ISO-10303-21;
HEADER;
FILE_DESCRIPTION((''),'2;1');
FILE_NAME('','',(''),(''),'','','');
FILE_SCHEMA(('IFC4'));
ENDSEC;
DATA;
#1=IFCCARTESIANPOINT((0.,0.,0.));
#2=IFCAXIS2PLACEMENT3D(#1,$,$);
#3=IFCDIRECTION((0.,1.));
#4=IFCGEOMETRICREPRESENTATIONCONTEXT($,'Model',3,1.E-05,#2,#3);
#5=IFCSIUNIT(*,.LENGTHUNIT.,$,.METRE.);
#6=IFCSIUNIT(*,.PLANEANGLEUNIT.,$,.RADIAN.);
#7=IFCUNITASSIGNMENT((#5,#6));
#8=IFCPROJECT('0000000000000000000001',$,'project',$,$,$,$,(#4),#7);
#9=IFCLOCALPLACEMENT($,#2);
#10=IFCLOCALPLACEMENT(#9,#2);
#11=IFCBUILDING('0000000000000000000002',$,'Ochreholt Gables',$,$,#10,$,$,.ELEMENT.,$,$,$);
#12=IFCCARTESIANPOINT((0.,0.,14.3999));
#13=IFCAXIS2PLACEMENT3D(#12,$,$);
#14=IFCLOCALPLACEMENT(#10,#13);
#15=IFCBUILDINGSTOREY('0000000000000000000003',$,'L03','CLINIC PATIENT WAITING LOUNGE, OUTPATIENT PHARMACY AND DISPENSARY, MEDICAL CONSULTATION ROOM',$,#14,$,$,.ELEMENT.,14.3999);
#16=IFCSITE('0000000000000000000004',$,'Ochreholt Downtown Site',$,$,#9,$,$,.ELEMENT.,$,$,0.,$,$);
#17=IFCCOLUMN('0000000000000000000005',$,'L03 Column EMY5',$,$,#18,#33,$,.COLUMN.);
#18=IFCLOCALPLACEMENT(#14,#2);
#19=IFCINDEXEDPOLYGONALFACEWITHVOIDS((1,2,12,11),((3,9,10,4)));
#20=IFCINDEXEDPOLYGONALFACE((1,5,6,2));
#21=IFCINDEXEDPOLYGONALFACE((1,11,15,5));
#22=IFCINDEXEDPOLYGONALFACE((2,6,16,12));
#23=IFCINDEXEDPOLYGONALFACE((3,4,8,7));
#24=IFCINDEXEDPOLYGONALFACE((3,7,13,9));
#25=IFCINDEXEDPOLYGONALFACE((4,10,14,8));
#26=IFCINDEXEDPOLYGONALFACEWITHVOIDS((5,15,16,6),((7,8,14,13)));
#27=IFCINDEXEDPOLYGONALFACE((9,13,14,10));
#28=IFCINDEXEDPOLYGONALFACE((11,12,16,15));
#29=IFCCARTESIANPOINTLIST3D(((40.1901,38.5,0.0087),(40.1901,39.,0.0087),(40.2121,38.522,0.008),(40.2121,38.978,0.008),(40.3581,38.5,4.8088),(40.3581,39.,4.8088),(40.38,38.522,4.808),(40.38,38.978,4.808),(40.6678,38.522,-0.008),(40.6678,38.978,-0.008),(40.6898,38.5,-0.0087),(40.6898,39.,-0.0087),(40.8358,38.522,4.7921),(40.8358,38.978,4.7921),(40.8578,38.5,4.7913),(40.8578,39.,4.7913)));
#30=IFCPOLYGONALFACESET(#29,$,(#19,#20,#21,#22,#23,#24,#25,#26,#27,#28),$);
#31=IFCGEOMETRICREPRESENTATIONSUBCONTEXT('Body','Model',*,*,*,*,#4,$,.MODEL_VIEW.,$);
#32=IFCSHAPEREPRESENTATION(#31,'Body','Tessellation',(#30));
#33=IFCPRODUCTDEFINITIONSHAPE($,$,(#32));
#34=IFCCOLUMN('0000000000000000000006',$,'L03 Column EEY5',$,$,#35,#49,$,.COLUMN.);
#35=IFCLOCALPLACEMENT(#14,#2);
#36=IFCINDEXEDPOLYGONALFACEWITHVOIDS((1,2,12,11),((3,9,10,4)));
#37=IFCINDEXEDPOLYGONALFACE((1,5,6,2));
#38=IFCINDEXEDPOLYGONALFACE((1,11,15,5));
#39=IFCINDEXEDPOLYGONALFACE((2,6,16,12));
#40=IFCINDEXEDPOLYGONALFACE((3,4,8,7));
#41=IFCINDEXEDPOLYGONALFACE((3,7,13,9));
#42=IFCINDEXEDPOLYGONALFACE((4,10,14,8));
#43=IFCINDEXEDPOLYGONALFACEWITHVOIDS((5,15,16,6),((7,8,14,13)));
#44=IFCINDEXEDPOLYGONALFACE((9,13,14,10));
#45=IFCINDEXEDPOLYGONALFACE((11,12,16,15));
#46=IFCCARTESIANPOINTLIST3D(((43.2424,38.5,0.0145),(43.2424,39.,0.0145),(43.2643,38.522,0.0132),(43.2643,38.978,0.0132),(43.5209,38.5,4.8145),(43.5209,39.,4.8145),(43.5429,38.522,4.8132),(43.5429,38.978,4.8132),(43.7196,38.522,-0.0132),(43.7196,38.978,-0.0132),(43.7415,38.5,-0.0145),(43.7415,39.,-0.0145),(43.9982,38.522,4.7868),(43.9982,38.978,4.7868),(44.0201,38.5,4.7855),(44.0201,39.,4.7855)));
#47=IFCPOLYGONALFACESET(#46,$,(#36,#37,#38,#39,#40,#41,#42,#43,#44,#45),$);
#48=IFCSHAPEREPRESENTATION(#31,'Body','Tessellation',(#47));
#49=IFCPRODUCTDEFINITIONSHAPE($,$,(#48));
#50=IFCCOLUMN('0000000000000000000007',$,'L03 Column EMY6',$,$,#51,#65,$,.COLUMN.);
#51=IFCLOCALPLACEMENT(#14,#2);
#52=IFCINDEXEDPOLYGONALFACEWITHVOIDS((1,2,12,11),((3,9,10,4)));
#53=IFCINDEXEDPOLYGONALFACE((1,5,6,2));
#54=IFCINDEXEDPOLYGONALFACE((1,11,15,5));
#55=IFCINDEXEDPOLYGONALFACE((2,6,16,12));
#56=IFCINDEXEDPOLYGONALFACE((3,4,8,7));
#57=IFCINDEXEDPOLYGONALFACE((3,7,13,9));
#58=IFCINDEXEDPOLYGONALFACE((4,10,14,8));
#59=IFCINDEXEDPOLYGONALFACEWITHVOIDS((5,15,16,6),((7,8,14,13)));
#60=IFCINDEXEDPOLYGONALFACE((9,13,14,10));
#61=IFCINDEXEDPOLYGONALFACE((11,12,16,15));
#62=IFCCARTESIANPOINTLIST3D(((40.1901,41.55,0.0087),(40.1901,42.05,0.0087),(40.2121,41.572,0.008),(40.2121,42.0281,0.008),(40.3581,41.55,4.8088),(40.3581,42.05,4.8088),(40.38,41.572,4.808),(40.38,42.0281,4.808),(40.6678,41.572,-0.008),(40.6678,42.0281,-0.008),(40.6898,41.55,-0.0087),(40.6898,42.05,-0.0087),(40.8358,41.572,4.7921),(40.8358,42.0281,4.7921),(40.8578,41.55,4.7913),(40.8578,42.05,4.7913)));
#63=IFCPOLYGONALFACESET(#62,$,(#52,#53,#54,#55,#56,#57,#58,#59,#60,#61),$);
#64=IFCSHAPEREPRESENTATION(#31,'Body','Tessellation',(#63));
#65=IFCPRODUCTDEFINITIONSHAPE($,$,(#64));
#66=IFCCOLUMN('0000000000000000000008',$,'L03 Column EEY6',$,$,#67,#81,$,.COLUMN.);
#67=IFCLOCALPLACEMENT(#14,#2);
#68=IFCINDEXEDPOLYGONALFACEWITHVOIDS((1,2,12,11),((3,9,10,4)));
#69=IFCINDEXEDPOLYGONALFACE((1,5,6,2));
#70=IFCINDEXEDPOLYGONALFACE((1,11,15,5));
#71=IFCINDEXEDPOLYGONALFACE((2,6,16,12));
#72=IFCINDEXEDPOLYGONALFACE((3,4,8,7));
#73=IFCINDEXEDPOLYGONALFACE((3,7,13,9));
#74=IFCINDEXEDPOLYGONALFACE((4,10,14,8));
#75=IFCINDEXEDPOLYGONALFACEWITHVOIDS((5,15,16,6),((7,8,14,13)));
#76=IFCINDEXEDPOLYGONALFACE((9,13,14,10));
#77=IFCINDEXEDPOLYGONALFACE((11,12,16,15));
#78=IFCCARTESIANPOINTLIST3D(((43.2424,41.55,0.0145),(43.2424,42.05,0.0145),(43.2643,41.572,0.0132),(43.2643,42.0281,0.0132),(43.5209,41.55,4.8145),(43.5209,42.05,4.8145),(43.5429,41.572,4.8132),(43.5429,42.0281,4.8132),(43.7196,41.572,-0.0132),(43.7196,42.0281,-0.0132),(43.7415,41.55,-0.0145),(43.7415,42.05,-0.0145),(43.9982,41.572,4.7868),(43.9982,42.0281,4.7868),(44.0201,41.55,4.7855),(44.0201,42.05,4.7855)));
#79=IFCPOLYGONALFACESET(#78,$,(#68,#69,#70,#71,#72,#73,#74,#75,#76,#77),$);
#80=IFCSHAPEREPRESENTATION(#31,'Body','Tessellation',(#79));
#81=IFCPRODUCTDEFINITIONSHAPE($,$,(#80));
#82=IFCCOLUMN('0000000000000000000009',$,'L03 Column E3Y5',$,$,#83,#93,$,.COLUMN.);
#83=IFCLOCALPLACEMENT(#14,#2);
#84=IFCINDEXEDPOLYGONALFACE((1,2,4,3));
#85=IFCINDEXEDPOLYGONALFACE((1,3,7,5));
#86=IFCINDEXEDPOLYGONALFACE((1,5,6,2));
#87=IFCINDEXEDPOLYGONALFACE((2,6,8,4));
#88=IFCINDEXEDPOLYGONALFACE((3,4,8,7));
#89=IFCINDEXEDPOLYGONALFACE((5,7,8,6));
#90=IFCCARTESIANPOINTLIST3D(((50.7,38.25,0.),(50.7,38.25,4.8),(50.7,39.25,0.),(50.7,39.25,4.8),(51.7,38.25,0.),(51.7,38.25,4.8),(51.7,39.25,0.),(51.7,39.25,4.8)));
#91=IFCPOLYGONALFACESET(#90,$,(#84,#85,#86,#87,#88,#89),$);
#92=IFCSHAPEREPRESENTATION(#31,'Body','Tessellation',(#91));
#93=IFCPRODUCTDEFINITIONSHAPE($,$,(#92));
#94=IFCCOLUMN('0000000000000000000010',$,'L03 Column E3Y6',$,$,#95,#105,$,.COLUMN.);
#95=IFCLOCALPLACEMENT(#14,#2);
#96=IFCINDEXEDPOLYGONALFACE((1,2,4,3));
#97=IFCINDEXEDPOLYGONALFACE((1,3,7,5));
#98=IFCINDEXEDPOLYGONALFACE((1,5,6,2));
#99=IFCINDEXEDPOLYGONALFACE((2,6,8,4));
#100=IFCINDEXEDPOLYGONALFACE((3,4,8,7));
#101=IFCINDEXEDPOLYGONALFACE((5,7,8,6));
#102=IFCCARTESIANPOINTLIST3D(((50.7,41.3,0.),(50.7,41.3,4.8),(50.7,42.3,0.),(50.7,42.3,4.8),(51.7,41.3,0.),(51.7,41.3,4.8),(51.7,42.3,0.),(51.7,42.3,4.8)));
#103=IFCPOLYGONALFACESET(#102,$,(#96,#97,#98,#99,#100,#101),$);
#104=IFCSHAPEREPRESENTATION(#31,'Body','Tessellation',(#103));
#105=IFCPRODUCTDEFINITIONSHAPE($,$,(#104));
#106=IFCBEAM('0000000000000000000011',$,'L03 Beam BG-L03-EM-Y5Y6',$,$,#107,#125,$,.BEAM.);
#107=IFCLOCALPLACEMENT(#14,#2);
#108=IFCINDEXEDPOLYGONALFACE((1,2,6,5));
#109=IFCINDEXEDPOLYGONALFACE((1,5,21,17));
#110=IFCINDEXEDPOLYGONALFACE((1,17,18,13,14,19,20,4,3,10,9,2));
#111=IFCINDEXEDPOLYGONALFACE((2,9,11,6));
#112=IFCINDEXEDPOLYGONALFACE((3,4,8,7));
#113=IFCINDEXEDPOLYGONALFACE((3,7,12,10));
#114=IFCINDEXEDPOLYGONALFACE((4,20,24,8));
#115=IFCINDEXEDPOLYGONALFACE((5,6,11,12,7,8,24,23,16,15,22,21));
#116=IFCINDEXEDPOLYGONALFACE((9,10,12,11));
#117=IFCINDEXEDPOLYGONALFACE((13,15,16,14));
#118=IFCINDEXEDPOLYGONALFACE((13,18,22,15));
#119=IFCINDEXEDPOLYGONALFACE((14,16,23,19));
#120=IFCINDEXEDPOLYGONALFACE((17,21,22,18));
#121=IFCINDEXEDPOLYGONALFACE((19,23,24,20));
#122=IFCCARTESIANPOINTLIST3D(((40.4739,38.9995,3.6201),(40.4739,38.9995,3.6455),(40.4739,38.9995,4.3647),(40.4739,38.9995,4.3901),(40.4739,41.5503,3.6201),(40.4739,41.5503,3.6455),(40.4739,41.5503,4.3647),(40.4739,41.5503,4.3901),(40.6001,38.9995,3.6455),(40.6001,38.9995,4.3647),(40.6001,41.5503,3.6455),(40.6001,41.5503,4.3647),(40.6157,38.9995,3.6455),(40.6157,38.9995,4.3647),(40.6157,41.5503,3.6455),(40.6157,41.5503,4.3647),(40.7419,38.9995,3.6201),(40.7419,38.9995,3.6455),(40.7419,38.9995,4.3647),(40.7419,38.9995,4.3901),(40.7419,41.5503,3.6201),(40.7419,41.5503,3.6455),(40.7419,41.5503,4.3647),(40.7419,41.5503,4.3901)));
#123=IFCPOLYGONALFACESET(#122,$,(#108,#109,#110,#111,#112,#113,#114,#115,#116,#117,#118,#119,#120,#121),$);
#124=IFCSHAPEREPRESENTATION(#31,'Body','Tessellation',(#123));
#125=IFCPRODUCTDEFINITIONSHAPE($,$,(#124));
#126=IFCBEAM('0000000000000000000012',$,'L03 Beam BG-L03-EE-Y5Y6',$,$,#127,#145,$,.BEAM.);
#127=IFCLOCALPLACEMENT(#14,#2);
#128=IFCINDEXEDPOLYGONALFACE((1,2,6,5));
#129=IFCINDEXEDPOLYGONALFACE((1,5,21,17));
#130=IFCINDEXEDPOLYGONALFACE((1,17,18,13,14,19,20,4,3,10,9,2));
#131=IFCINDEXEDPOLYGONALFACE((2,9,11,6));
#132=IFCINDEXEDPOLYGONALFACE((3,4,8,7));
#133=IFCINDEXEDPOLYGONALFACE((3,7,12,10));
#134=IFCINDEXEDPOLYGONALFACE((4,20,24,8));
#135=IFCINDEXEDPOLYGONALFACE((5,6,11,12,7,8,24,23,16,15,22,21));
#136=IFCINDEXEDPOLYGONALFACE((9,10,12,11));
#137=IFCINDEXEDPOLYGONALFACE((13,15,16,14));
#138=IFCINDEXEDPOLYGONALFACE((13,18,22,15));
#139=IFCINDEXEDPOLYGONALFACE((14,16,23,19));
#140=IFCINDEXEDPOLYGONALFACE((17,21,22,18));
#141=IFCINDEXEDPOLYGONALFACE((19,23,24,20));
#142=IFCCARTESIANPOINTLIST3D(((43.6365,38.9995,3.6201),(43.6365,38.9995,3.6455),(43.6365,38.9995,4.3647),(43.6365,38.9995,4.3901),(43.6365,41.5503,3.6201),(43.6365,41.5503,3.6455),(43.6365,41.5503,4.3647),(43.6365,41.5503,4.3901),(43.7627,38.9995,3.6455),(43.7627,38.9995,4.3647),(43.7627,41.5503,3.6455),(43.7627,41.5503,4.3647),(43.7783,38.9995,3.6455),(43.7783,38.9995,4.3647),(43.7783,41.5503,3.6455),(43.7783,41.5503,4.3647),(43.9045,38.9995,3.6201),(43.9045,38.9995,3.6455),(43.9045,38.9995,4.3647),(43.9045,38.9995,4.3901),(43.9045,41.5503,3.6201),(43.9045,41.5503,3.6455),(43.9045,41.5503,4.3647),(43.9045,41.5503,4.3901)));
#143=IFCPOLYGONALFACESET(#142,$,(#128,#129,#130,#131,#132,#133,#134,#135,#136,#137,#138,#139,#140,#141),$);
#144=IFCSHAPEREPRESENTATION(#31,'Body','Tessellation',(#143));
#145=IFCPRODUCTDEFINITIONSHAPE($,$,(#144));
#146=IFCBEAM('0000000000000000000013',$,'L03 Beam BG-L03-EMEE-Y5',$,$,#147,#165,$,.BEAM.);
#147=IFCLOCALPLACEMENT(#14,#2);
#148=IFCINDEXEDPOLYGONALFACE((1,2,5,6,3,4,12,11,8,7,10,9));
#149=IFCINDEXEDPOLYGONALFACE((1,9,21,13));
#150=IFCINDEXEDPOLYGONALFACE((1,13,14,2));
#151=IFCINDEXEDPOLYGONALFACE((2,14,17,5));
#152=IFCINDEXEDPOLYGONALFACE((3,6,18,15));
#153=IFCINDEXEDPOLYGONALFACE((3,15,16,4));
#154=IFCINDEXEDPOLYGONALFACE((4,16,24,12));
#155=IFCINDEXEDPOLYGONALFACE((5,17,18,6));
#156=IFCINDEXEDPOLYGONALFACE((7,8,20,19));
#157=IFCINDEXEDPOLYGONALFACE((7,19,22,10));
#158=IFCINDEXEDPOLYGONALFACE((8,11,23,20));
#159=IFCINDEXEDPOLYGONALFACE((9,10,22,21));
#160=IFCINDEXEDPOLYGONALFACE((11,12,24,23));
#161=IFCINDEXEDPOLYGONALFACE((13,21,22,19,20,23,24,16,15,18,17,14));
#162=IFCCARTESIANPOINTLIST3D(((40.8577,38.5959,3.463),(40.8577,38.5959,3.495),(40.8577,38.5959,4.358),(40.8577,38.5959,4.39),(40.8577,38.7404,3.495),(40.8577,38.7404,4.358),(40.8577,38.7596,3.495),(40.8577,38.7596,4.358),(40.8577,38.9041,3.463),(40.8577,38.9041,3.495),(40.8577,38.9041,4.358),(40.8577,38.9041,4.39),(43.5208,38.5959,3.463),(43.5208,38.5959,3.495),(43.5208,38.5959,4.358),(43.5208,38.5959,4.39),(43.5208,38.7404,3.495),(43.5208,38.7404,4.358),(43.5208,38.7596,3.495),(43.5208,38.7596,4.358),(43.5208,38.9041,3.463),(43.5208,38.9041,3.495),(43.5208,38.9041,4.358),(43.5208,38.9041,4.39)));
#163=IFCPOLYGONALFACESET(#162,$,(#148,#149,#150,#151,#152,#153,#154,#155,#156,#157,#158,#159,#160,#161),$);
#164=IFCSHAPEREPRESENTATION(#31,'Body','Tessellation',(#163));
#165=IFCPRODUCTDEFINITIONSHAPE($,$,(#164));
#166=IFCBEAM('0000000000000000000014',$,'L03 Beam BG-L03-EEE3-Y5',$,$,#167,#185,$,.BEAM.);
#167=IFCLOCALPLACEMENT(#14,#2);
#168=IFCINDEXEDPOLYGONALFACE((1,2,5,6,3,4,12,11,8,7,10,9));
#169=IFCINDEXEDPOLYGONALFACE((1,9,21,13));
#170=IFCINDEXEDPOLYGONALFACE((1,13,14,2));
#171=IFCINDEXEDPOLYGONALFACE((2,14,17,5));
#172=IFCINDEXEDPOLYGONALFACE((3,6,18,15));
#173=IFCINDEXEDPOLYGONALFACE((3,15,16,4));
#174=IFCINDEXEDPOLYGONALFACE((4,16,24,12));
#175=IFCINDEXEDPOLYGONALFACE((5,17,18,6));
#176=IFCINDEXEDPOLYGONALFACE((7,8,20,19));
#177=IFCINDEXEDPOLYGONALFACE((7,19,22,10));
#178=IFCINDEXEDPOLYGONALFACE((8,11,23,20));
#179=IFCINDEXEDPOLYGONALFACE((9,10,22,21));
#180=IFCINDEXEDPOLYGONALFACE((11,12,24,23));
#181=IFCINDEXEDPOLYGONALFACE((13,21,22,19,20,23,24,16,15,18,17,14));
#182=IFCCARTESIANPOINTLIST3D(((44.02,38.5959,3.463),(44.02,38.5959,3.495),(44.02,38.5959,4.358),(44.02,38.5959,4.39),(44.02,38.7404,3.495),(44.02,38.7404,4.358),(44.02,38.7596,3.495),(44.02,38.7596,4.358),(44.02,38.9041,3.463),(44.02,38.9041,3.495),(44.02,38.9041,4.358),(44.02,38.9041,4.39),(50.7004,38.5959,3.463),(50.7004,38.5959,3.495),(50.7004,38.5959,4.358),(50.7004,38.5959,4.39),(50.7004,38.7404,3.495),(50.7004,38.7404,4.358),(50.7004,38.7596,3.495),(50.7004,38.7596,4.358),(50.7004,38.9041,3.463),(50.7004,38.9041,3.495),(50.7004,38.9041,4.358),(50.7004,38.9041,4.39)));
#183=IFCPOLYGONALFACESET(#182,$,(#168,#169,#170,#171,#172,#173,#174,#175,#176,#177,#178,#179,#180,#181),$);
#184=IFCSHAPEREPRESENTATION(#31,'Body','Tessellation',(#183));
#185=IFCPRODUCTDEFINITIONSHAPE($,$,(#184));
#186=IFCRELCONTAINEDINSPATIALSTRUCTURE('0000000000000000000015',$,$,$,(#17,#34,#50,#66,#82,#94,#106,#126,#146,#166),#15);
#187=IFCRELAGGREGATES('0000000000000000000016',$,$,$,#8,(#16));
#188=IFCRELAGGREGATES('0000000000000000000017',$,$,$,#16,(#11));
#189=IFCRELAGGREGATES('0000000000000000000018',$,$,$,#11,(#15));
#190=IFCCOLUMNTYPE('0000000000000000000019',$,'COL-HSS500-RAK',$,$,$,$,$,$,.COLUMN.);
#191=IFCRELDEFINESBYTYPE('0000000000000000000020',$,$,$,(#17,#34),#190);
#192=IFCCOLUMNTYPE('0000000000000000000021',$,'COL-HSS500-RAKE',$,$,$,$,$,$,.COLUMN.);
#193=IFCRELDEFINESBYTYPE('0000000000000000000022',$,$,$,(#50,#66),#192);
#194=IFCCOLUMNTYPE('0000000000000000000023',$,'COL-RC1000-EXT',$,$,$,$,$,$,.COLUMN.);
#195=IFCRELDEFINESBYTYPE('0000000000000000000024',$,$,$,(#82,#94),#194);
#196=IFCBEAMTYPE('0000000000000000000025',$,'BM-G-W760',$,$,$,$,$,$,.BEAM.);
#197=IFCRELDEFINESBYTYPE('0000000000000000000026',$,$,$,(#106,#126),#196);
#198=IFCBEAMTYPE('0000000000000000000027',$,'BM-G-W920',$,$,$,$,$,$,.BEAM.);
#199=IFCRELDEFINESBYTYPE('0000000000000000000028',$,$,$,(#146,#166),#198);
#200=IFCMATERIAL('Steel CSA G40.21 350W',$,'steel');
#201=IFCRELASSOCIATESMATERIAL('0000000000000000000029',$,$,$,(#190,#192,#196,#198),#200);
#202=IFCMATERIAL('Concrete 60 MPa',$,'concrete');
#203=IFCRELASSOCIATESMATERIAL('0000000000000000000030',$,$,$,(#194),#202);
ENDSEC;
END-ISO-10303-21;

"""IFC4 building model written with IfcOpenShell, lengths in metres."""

from ifc_helpers import new_model, si_unit, direction, frame, origin, origin_2d, place, context, subcontext, project, spatial, rectangle, hollow_rectangle, i_section, extrude, material, material_profile, profile_set, type_object, element, save


model = new_model("IFC4")

# Units and contexts
model_context = context("Model", 3, precision=1e-05, world=origin(), true_north=direction((0.0, 1.0)))
body_context = subcontext(model_context, "Body", "Model", "MODEL_VIEW")
ifc_project = project(units=[si_unit("LENGTHUNIT", "METRE"), si_unit("PLANEANGLEUNIT", "RADIAN")], contexts=[model_context])

# Site, building, storey
site_placement = place(None, origin())
site = spatial("IfcSite", under=ifc_project, at=site_placement, Name="Ochreholt Downtown Site", CompositionType="ELEMENT", RefElevation=0.0)
building_placement = place(site_placement, origin())
building = spatial("IfcBuilding", under=site, at=building_placement, Name="Ochreholt Gables", CompositionType="ELEMENT")
storey_placement = place(building_placement, frame((0.0, 0.0, 14.3999)))
storey = spatial("IfcBuildingStorey", under=building, at=storey_placement, Name="L03", Description="CLINIC PATIENT WAITING LOUNGE, OUTPATIENT PHARMACY AND DISPENSARY, MEDICAL CONSULTATION ROOM", CompositionType="ELEMENT", Elevation=14.3999)

# Columns
ifc_material_1 = material(Name="Steel CSA G40.21 350W", Category="steel")
ifc_material_profile_1 = material_profile(ifc_material_1, hollow_rectangle(XDim=0.5, YDim=0.5, WallThickness=0.022, at=origin_2d()), Name="HSS500X500X22")
ifc_profile_set_1 = profile_set([ifc_material_profile_1], Name="Steel CSA G40.21 350W")
column_type_1 = type_object("IfcColumnType", Name="COL-HSS500-RAK", PredefinedType="COLUMN", material=ifc_profile_set_1)
column_1_placement = place(storey_placement, frame((40.4399, 38.75, 0.0), z_axis=(0.034972, 0.0, 0.999388), x_axis=(0.0, 1.0, 0.0)))
element("IfcColumn", 1, at=column_1_placement, inside=storey, type_object=column_type_1, Name="L03 Column EMY5", PredefinedType="COLUMN", context=body_context, shape_type="SweptSolid", body=[
    extrude(hollow_rectangle(XDim=0.5, YDim=0.5, WallThickness=0.022, at=origin_2d()), origin(), (0.0, 0.0, 1.0), 4.803),
])
column_2_placement = place(storey_placement, frame((43.4919, 38.75, 0.0), z_axis=(0.057936, 0.0, 0.99832), x_axis=(0.0, 1.0, 0.0)))
element("IfcColumn", 2, at=column_2_placement, inside=storey, type_object=column_type_1, Name="L03 Column EEY5", PredefinedType="COLUMN", context=body_context, shape_type="SweptSolid", body=[
    extrude(hollow_rectangle(XDim=0.5, YDim=0.5, WallThickness=0.022, at=origin_2d()), origin(), (0.0, 0.0, 1.0), 4.8081),
])
ifc_material_profile_2 = material_profile(ifc_material_1, hollow_rectangle(XDim=0.5, YDim=0.5, WallThickness=0.022, at=origin_2d()), Name="HSS500X500X22")
ifc_profile_set_2 = profile_set([ifc_material_profile_2], Name="Steel CSA G40.21 350W")
column_type_2 = type_object("IfcColumnType", Name="COL-HSS500-RAKE", PredefinedType="COLUMN", material=ifc_profile_set_2)
column_3_placement = place(storey_placement, frame((40.4399, 41.8, 0.0), z_axis=(0.034972, 0.0, 0.999388), x_axis=(0.0, 1.0, 0.0)))
element("IfcColumn", 3, at=column_3_placement, inside=storey, type_object=column_type_2, Name="L03 Column EMY6", PredefinedType="COLUMN", context=body_context, shape_type="SweptSolid", body=[
    extrude(hollow_rectangle(XDim=0.5, YDim=0.5, WallThickness=0.022, at=origin_2d()), origin(), (0.0, 0.0, 1.0), 4.803),
])
column_4_placement = place(storey_placement, frame((43.4919, 41.8, 0.0), z_axis=(0.057936, 0.0, 0.99832), x_axis=(0.0, 1.0, 0.0)))
element("IfcColumn", 4, at=column_4_placement, inside=storey, type_object=column_type_2, Name="L03 Column EEY6", PredefinedType="COLUMN", context=body_context, shape_type="SweptSolid", body=[
    extrude(hollow_rectangle(XDim=0.5, YDim=0.5, WallThickness=0.022, at=origin_2d()), origin(), (0.0, 0.0, 1.0), 4.8081),
])
ifc_material_2 = material(Name="Concrete 60 MPa", Category="concrete")
ifc_material_profile_3 = material_profile(ifc_material_2, rectangle(XDim=1.0, YDim=1.0, at=origin_2d()), Name="RC1000X1000")
ifc_profile_set_3 = profile_set([ifc_material_profile_3], Name="Concrete 60 MPa")
column_type_3 = type_object("IfcColumnType", Name="COL-RC1000-EXT", PredefinedType="COLUMN", material=ifc_profile_set_3)
for number, where, z_axis, x_axis, name in (
    (5, (51.2, 38.75, 0.0), (0.0, 0.0, 1.0), (1.0, 0.0, 0.0), "L03 Column E3Y5"),
    (6, (51.2, 41.8, 0.0), (0.0, 0.0, 1.0), (1.0, 0.0, 0.0), "L03 Column E3Y6"),
):
    element("IfcColumn", number, at=place(storey_placement, frame(where, z_axis=z_axis, x_axis=x_axis)), inside=storey, type_object=column_type_3, Name=name, PredefinedType="COLUMN", context=body_context, shape_type="SweptSolid", body=[
        extrude(rectangle(XDim=1.0, YDim=1.0, at=origin_2d()), origin(), (0.0, 0.0, 1.0), 4.8),
    ])

# Beams
ifc_material_profile_4 = material_profile(ifc_material_1, i_section(OverallWidth=0.2681, OverallDepth=0.77, WebThickness=0.0156, FlangeThickness=0.0254, at=origin_2d()), Name="W760X196")
ifc_profile_set_4 = profile_set([ifc_material_profile_4], Name="Steel CSA G40.21 350W")
beam_type_1 = type_object("IfcBeamType", Name="BM-G-W760", PredefinedType="BEAM", material=ifc_profile_set_4)
for number, where, z_axis, x_axis, name in (
    (7, (40.6079, 38.9995, 4.0051), (0.0, 1.0, 0.0), (-1.0, 0.0, 0.0), "L03 Beam BG-L03-EM-Y5Y6"),
    (8, (43.7705, 38.9995, 4.0051), (0.0, 1.0, 0.0), (-1.0, 0.0, 0.0), "L03 Beam BG-L03-EE-Y5Y6"),
):
    element("IfcBeam", number, at=place(storey_placement, frame(where, z_axis=z_axis, x_axis=x_axis)), inside=storey, type_object=beam_type_1, Name=name, PredefinedType="BEAM", context=body_context, shape_type="SweptSolid", body=[
        extrude(i_section(OverallWidth=0.2681, OverallDepth=0.77, WebThickness=0.0156, FlangeThickness=0.0254, at=origin_2d()), origin(), (0.0, 0.0, 1.0), 2.5508),
    ])
ifc_material_profile_5 = material_profile(ifc_material_1, i_section(OverallWidth=0.3081, OverallDepth=0.927, WebThickness=0.0193, FlangeThickness=0.032, at=origin_2d()), Name="W920X289")
ifc_profile_set_5 = profile_set([ifc_material_profile_5], Name="Steel CSA G40.21 350W")
beam_type_2 = type_object("IfcBeamType", Name="BM-G-W920", PredefinedType="BEAM", material=ifc_profile_set_5)
beam_1_placement = place(storey_placement, frame((40.8577, 38.75, 3.9265), z_axis=(1.0, 0.0, 0.0), x_axis=(0.0, 1.0, 0.0)))
element("IfcBeam", 9, at=beam_1_placement, inside=storey, type_object=beam_type_2, Name="L03 Beam BG-L03-EMEE-Y5", PredefinedType="BEAM", context=body_context, shape_type="SweptSolid", body=[
    extrude(i_section(OverallWidth=0.3081, OverallDepth=0.927, WebThickness=0.0193, FlangeThickness=0.032, at=origin_2d()), origin(), (0.0, 0.0, 1.0), 2.6631),
])
beam_2_placement = place(storey_placement, frame((44.02, 38.75, 3.9265), z_axis=(1.0, 0.0, 0.0), x_axis=(0.0, 1.0, 0.0)))
element("IfcBeam", 10, at=beam_2_placement, inside=storey, type_object=beam_type_2, Name="L03 Beam BG-L03-EEE3-Y5", PredefinedType="BEAM", context=body_context, shape_type="SweptSolid", body=[
    extrude(i_section(OverallWidth=0.3081, OverallDepth=0.927, WebThickness=0.0193, FlangeThickness=0.032, at=origin_2d()), origin(), (0.0, 0.0, 1.0), 6.6804),
])

save(model, "model.ifc")
